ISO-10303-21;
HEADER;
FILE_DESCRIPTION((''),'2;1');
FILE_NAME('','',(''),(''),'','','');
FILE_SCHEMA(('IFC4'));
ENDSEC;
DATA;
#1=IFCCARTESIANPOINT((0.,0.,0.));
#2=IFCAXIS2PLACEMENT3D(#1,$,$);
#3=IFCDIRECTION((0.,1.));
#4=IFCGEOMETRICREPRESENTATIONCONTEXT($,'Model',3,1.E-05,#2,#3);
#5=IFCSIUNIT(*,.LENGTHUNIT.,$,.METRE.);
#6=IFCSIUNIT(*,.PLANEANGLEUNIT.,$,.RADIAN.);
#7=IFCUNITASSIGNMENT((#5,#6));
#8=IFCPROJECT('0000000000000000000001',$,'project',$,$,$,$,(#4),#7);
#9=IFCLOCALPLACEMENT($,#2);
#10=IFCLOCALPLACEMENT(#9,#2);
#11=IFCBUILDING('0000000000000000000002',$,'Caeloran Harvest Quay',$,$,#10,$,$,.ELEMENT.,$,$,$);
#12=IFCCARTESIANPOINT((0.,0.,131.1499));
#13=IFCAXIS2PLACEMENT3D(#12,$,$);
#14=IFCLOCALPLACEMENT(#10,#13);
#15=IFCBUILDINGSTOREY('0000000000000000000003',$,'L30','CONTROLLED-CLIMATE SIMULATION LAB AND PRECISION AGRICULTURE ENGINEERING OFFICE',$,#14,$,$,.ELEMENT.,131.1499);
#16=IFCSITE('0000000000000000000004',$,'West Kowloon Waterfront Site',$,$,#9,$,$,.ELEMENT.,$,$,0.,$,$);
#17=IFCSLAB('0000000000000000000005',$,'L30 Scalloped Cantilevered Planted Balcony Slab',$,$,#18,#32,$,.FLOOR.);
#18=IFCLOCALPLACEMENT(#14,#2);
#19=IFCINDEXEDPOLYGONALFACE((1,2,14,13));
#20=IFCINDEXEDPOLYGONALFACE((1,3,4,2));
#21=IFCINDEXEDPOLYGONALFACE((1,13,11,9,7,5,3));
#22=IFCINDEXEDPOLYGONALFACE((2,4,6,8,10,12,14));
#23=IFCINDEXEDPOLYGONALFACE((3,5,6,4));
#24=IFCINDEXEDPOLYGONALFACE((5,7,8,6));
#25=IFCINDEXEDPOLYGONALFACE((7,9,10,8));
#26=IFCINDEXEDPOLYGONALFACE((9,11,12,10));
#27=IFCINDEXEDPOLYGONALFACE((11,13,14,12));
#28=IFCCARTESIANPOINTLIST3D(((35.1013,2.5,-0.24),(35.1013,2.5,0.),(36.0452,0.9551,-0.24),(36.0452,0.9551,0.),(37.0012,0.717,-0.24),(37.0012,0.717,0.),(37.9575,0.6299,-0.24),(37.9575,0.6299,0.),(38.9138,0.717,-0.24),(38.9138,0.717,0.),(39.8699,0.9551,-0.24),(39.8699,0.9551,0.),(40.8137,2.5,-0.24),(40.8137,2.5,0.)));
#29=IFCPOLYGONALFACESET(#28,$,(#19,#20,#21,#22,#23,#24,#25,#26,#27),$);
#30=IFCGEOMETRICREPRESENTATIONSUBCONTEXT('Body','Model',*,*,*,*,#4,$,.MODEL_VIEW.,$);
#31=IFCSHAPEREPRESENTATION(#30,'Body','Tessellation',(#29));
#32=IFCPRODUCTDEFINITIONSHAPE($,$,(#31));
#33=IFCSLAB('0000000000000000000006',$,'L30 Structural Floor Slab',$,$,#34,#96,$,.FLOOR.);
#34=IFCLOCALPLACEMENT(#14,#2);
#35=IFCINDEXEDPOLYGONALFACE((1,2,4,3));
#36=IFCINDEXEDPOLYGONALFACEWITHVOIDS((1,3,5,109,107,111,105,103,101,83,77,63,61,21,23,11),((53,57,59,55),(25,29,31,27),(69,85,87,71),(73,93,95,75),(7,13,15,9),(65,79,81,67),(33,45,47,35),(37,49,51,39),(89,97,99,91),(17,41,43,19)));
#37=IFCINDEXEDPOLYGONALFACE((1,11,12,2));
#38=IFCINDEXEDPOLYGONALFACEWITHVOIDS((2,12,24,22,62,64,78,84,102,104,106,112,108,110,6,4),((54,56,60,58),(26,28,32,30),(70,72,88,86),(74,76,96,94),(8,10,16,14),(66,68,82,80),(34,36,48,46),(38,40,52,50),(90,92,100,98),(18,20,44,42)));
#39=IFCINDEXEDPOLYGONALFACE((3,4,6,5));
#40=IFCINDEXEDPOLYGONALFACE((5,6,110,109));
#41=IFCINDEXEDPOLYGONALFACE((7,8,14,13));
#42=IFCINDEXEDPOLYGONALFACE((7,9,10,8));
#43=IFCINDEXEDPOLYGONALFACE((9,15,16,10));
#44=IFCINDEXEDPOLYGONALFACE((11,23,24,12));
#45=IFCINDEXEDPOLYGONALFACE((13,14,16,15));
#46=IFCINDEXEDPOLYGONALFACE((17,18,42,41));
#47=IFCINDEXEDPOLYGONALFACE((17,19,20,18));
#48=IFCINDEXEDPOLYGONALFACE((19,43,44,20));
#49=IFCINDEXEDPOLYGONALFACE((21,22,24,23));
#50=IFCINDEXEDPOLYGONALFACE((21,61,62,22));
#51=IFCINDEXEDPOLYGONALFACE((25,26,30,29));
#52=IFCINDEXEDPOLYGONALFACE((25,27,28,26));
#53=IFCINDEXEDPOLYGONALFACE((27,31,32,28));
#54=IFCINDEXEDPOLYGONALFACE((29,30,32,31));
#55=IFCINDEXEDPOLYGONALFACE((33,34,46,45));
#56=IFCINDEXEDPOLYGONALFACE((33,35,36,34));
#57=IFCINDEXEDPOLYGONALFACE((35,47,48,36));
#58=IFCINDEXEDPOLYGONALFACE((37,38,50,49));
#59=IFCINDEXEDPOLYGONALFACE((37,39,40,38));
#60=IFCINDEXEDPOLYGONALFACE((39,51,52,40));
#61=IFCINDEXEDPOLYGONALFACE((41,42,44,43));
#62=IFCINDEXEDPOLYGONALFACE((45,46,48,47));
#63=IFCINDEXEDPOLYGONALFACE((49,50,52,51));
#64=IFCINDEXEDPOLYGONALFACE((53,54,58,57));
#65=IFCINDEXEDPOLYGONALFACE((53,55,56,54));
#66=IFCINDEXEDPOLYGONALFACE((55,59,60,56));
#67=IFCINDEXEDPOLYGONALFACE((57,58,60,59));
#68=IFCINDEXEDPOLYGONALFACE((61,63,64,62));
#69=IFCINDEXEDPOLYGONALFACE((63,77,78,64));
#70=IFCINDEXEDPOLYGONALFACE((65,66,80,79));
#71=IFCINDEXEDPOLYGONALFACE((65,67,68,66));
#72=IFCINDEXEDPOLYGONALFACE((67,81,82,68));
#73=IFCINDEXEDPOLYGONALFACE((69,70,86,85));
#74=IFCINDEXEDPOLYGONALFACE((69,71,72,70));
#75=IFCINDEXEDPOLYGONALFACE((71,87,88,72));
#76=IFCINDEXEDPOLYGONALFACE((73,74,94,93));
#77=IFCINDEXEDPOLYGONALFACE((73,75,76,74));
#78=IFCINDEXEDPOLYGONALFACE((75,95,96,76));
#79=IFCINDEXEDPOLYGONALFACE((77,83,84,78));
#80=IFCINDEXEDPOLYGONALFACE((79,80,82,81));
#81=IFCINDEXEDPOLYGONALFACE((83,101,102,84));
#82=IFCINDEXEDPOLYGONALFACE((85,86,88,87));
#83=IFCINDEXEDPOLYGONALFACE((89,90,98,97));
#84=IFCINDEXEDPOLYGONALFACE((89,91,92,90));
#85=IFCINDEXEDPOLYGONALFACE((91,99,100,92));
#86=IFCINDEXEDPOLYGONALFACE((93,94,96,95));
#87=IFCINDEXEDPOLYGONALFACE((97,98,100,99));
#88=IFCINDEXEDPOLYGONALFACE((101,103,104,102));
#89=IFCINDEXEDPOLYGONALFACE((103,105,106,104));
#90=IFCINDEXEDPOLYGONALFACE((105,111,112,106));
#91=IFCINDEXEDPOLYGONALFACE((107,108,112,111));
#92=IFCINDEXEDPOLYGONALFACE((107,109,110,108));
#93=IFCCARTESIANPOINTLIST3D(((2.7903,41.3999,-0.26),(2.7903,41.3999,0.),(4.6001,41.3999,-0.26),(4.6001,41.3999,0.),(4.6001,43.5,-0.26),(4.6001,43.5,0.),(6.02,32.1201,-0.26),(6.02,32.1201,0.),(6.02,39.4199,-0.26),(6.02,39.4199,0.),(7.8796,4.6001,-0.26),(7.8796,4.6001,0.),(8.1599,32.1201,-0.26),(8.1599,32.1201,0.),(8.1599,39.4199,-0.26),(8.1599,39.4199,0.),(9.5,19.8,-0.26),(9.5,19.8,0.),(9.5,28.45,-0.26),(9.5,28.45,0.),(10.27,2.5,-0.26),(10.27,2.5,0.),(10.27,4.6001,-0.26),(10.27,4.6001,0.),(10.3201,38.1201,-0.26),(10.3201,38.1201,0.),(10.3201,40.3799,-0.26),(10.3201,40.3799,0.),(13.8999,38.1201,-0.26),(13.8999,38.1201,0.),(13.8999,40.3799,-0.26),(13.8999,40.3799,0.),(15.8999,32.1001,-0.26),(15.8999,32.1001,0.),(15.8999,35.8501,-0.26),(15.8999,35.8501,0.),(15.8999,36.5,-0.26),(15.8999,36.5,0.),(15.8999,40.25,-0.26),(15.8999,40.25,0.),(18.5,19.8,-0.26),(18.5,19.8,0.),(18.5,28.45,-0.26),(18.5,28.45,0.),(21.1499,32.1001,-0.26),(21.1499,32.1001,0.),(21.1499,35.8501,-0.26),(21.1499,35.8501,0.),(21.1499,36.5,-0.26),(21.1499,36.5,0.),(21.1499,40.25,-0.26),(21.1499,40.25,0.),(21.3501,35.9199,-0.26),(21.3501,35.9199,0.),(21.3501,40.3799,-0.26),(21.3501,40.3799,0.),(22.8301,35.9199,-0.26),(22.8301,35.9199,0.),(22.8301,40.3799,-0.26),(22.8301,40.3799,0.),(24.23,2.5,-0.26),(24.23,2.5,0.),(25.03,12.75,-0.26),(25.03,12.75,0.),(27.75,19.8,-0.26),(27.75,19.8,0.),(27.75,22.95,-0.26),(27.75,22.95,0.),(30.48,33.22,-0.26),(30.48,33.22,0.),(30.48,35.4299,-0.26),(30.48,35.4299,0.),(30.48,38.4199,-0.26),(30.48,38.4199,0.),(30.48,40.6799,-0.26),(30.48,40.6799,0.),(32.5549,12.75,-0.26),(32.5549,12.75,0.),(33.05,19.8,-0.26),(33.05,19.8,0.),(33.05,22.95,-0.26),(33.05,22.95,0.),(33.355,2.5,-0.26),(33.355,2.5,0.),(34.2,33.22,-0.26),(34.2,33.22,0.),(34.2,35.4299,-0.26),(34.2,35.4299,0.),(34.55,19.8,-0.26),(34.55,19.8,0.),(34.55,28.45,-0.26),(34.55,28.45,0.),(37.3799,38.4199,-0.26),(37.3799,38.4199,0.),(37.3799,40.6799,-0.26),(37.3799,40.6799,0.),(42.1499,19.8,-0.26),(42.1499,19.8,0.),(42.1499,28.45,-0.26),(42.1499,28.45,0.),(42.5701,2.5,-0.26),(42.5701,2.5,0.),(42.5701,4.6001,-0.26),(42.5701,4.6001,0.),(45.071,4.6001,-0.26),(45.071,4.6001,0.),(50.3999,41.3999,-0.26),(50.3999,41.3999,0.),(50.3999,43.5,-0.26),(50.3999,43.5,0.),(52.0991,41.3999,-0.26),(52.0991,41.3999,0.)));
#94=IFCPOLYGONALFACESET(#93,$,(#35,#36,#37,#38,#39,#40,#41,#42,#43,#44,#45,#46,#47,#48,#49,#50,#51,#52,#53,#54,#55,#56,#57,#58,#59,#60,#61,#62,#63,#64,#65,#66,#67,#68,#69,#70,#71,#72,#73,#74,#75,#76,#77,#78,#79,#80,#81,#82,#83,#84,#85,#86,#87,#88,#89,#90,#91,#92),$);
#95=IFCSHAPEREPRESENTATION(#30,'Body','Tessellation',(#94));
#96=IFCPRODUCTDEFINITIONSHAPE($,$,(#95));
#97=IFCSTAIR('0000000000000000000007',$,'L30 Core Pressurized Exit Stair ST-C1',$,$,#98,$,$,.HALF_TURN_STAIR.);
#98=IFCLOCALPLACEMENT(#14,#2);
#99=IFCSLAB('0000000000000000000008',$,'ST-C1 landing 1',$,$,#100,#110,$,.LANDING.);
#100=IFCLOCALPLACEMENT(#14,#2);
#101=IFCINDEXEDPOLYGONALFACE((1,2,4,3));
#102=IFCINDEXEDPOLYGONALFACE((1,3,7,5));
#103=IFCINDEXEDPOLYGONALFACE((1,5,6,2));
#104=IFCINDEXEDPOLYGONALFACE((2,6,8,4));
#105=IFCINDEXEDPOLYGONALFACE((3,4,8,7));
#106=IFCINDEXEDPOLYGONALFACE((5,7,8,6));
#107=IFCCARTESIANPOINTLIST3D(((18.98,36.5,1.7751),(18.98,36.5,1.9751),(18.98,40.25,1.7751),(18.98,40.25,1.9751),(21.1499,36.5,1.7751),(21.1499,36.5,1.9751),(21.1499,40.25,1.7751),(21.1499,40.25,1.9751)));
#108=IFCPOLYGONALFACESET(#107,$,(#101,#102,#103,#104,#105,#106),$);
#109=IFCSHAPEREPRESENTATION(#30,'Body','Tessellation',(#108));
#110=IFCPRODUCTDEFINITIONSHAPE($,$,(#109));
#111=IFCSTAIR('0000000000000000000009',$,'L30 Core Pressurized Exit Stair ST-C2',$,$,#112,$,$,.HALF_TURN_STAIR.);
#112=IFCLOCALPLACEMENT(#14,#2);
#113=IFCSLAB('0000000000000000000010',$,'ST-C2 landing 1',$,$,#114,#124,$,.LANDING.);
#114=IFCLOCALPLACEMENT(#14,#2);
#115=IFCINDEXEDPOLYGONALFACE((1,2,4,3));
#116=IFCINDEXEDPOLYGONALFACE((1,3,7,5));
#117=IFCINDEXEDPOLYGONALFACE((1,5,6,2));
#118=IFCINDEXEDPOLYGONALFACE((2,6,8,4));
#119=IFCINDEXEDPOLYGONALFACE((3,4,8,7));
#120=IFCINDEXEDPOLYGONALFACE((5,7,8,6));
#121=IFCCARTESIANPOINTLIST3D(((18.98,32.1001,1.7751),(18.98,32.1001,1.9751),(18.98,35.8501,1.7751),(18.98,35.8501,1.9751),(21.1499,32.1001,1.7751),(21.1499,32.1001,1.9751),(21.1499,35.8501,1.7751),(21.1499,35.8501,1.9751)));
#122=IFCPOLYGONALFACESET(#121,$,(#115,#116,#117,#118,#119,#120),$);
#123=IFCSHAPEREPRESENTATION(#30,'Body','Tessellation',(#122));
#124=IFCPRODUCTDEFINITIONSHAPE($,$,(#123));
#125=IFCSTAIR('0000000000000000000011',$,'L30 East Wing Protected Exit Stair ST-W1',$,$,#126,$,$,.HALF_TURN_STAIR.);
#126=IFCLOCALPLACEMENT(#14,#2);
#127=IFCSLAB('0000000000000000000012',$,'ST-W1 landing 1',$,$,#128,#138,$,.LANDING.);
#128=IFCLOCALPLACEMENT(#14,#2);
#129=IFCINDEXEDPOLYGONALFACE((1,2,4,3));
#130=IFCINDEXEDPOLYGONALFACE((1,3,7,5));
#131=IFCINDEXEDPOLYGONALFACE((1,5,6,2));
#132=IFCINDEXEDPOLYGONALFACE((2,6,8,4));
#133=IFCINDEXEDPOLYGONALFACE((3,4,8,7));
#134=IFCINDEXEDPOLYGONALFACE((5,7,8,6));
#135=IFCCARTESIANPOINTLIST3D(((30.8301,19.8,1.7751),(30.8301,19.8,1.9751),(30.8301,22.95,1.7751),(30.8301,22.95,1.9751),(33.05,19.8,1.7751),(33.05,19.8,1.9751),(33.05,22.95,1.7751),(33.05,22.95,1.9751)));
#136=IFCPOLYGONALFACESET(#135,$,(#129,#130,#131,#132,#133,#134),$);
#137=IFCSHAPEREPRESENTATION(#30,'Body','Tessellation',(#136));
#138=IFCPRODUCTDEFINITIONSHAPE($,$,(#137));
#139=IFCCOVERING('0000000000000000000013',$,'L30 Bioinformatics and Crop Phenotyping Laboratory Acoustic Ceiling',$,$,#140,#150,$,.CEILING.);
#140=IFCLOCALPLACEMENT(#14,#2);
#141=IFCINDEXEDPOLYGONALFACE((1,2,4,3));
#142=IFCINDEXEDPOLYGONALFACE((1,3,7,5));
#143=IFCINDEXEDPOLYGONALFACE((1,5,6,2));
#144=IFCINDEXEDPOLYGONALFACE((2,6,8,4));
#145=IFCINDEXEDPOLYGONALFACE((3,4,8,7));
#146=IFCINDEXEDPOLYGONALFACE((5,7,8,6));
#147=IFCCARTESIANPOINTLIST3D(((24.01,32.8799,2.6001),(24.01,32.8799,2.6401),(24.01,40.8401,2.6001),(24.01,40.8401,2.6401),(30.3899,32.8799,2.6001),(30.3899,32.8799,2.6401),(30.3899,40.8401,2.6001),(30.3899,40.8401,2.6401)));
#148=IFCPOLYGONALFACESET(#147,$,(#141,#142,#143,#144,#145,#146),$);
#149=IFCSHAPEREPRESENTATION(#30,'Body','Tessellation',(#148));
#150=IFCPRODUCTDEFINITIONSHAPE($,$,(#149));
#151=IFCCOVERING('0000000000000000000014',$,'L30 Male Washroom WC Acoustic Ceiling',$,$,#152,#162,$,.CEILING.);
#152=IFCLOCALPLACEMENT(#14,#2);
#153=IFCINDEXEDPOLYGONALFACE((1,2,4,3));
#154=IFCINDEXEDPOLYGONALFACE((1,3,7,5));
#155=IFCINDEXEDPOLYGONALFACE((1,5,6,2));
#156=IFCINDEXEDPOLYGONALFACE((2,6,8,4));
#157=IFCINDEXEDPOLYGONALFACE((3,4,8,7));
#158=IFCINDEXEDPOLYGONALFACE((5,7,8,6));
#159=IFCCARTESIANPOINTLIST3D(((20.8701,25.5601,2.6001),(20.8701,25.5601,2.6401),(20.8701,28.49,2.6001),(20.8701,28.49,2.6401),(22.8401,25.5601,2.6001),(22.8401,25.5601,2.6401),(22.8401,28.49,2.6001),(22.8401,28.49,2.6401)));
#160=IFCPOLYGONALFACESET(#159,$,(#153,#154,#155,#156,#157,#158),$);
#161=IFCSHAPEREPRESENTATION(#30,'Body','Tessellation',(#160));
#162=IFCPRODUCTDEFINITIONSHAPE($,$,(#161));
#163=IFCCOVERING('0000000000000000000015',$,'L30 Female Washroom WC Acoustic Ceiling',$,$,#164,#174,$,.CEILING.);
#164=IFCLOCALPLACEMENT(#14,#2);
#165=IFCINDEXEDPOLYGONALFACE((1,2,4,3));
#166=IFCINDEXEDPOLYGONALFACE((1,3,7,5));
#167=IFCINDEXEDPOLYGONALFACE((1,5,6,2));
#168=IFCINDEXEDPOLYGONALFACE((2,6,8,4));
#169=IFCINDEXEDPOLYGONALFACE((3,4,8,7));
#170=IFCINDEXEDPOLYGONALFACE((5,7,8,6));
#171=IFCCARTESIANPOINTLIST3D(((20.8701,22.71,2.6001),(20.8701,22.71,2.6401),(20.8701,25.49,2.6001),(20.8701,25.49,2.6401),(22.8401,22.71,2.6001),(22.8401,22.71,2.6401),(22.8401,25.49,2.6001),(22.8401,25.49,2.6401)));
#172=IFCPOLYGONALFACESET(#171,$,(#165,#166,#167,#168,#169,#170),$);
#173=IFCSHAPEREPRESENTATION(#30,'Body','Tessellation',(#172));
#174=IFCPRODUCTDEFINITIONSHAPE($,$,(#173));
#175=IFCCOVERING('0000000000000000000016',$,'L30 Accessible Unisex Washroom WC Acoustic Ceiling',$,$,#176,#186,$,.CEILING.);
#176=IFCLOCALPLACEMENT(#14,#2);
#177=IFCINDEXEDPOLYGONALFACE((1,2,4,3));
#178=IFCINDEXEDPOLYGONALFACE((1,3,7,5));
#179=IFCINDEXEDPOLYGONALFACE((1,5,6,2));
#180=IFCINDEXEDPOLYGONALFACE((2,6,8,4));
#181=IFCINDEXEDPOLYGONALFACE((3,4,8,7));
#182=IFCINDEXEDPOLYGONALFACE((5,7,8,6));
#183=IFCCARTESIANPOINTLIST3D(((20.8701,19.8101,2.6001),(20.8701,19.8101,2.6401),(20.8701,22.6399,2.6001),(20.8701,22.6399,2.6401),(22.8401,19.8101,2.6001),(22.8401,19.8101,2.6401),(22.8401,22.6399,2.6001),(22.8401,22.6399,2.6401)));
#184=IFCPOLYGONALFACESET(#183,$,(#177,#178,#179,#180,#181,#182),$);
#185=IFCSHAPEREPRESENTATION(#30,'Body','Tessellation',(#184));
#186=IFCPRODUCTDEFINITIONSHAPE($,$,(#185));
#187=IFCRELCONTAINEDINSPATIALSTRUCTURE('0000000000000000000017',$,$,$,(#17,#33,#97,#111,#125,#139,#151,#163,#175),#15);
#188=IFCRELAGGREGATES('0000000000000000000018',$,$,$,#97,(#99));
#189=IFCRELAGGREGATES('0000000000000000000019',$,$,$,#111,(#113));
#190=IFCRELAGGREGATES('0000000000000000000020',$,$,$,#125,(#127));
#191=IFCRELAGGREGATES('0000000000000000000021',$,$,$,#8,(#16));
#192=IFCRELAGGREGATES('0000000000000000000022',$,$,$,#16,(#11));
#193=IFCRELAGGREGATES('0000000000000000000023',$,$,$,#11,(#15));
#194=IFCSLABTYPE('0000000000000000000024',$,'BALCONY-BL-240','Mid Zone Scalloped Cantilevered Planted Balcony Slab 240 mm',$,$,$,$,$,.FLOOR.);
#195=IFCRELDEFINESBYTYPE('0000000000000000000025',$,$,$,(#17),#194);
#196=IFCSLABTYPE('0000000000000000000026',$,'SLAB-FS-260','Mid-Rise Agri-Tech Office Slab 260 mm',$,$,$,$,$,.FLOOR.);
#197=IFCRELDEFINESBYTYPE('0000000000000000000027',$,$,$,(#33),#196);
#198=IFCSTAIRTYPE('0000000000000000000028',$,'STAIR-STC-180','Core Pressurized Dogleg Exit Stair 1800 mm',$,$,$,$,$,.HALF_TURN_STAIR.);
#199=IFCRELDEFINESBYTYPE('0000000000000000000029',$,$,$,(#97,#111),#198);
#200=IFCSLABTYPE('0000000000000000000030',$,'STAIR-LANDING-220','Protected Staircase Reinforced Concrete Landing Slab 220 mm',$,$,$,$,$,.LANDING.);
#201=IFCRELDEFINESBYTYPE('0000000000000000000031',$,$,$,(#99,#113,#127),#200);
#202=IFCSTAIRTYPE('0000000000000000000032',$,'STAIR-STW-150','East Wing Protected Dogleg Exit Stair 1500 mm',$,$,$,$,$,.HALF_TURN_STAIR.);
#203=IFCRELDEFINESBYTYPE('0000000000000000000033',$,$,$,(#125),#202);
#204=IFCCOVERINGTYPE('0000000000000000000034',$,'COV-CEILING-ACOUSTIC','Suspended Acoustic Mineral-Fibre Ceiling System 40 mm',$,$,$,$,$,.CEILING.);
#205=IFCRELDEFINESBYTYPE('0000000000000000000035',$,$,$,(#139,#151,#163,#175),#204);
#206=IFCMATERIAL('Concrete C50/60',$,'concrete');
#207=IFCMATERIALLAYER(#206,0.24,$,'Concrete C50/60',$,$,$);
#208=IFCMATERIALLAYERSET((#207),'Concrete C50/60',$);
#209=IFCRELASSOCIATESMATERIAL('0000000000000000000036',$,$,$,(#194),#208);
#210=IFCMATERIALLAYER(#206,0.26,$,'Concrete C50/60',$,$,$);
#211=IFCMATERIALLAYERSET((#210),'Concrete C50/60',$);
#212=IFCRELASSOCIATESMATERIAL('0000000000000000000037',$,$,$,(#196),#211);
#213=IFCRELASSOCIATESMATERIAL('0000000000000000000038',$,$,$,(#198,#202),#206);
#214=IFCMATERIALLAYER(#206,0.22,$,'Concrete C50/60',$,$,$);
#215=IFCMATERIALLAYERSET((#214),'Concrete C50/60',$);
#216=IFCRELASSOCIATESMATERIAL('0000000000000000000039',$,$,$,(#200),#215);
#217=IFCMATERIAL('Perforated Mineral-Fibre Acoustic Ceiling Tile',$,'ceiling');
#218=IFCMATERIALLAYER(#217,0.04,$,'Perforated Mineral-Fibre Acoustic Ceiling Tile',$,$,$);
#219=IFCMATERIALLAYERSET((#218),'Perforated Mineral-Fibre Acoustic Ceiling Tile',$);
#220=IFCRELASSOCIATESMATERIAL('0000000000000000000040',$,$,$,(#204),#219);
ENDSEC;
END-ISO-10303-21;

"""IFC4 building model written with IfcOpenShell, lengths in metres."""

from ifc_helpers import new_model, si_unit, direction, frame, origin, place, context, subcontext, project, spatial, polyline, outline, extrude, material, layer, layer_set, type_object, element, aggregate, save


model = new_model("IFC4")

# Units and contexts
model_context = context("Model", 3, precision=1e-05, world=origin(), true_north=direction((0.0, 1.0)))
body_context = subcontext(model_context, "Body", "Model", "MODEL_VIEW")
ifc_project = project(units=[si_unit("LENGTHUNIT", "METRE"), si_unit("PLANEANGLEUNIT", "RADIAN")], contexts=[model_context])

# Site, building, storey
site_placement = place(None, origin())
site = spatial("IfcSite", under=ifc_project, at=site_placement, Name="West Kowloon Waterfront Site", CompositionType="ELEMENT", RefElevation=0.0)
building_placement = place(site_placement, origin())
building = spatial("IfcBuilding", under=site, at=building_placement, Name="Caeloran Harvest Quay", CompositionType="ELEMENT")
storey_placement = place(building_placement, frame((0.0, 0.0, 131.1499)))
storey = spatial("IfcBuildingStorey", under=building, at=storey_placement, Name="L30", Description="CONTROLLED-CLIMATE SIMULATION LAB AND PRECISION AGRICULTURE ENGINEERING OFFICE", CompositionType="ELEMENT", Elevation=131.1499)

# Slabs
ifc_material_1 = material(Name="Concrete C50/60", Category="concrete")
ifc_layer_1 = layer(ifc_material_1, 0.24, Name="Concrete C50/60")
ifc_layer_set_1 = layer_set([ifc_layer_1], Name="Concrete C50/60")
slab_type_1 = type_object("IfcSlabType", Name="BALCONY-BL-240", Description="Mid Zone Scalloped Cantilevered Planted Balcony Slab 240 mm", PredefinedType="FLOOR", material=ifc_layer_set_1)
slab_1_placement = place(storey_placement, frame((0.0, 0.0, -0.24)))
element("IfcSlab", 1, at=slab_1_placement, inside=storey, type_object=slab_type_1, Name="L30 Scalloped Cantilevered Planted Balcony Slab", PredefinedType="FLOOR", context=body_context, shape_type="SweptSolid", body=[
    extrude(outline(polyline([(39.8699, 0.9551), (38.9138, 0.717), (37.9575, 0.6299), (37.0012, 0.717), (36.0452, 0.9551), (35.1013, 2.5), (40.8137, 2.5), (39.8699, 0.9551)])), origin(), (0.0, 0.0, 1.0), 0.24),
])
ifc_layer_2 = layer(ifc_material_1, 0.26, Name="Concrete C50/60")
ifc_layer_set_2 = layer_set([ifc_layer_2], Name="Concrete C50/60")
slab_type_2 = type_object("IfcSlabType", Name="SLAB-FS-260", Description="Mid-Rise Agri-Tech Office Slab 260 mm", PredefinedType="FLOOR", material=ifc_layer_set_2)
slab_2_placement = place(storey_placement, frame((0.0, 0.0, -0.26)))
element("IfcSlab", 2, at=slab_2_placement, inside=storey, type_object=slab_type_2, Name="L30 Structural Floor Slab", PredefinedType="FLOOR", context=body_context, shape_type="SweptSolid", body=[
    extrude(outline(polyline([(10.27, 2.5), (24.23, 2.5), (25.03, 12.75), (32.5549, 12.75), (33.355, 2.5), (42.5701, 2.5), (42.5701, 4.6001), (45.071, 4.6001), (52.0991, 41.3999), (50.3999, 41.3999), (50.3999, 43.5), (4.6001, 43.5), (4.6001, 41.3999), (2.7903, 41.3999), (7.8796, 4.6001), (10.27, 4.6001), (10.27, 2.5)]), holes=[polyline([(27.75, 19.8), (27.75, 22.95), (33.05, 22.95), (33.05, 19.8), (27.75, 19.8)]), polyline([(18.5, 19.8), (9.5, 19.8), (9.5, 28.45), (18.5, 28.45), (18.5, 19.8)]), polyline([(42.1499, 19.8), (34.55, 19.8), (34.55, 28.45), (42.1499, 28.45), (42.1499, 19.8)]), polyline([(15.8999, 35.8501), (21.1499, 35.8501), (21.1499, 32.1001), (15.8999, 32.1001), (15.8999, 35.8501)]), polyline([(30.48, 33.22), (30.48, 35.4299), (34.2, 35.4299), (34.2, 33.22), (30.48, 33.22)]), polyline([(8.1599, 32.1201), (6.02, 32.1201), (6.02, 39.4199), (8.1599, 39.4199), (8.1599, 32.1201)]), polyline([(22.8301, 35.9199), (21.3501, 35.9199), (21.3501, 40.3799), (22.8301, 40.3799), (22.8301, 35.9199)]), polyline([(15.8999, 36.5), (15.8999, 40.25), (21.1499, 40.25), (21.1499, 36.5), (15.8999, 36.5)]), polyline([(10.3201, 38.1201), (10.3201, 40.3799), (13.8999, 40.3799), (13.8999, 38.1201), (10.3201, 38.1201)]), polyline([(30.48, 38.4199), (30.48, 40.6799), (37.3799, 40.6799), (37.3799, 38.4199), (30.48, 38.4199)])]), origin(), (0.0, 0.0, 1.0), 0.26),
])

# Stairs, slabs
stair_type_1 = type_object("IfcStairType", Name="STAIR-STC-180", Description="Core Pressurized Dogleg Exit Stair 1800 mm", PredefinedType="HALF_TURN_STAIR", material=ifc_material_1)
stair_1_placement = place(storey_placement, origin())
stair_1 = element("IfcStair", 3, at=stair_1_placement, inside=storey, type_object=stair_type_1, Name="L30 Core Pressurized Exit Stair ST-C1", PredefinedType="HALF_TURN_STAIR")
ifc_layer_3 = layer(ifc_material_1, 0.22, Name="Concrete C50/60")
ifc_layer_set_3 = layer_set([ifc_layer_3], Name="Concrete C50/60")
slab_type_3 = type_object("IfcSlabType", Name="STAIR-LANDING-220", Description="Protected Staircase Reinforced Concrete Landing Slab 220 mm", PredefinedType="LANDING", material=ifc_layer_set_3)
slab_3_placement = place(storey_placement, frame((0.0, 0.0, 1.7751)))
slab_3 = element("IfcSlab", 4, at=slab_3_placement, type_object=slab_type_3, Name="ST-C1 landing 1", PredefinedType="LANDING", context=body_context, shape_type="SweptSolid", body=[
    extrude(outline(polyline([(18.98, 36.5), (21.1499, 36.5), (21.1499, 40.25), (18.98, 40.25), (18.98, 36.5)])), origin(), (0.0, 0.0, 1.0), 0.2),
])
aggregate(stair_1, [slab_3])
stair_2_placement = place(storey_placement, origin())
stair_2 = element("IfcStair", 5, at=stair_2_placement, inside=storey, type_object=stair_type_1, Name="L30 Core Pressurized Exit Stair ST-C2", PredefinedType="HALF_TURN_STAIR")
slab_4_placement = place(storey_placement, frame((0.0, 0.0, 1.7751)))
slab_4 = element("IfcSlab", 6, at=slab_4_placement, type_object=slab_type_3, Name="ST-C2 landing 1", PredefinedType="LANDING", context=body_context, shape_type="SweptSolid", body=[
    extrude(outline(polyline([(18.98, 32.1001), (21.1499, 32.1001), (21.1499, 35.8501), (18.98, 35.8501), (18.98, 32.1001)])), origin(), (0.0, 0.0, 1.0), 0.2),
])
aggregate(stair_2, [slab_4])
stair_type_2 = type_object("IfcStairType", Name="STAIR-STW-150", Description="East Wing Protected Dogleg Exit Stair 1500 mm", PredefinedType="HALF_TURN_STAIR", material=ifc_material_1)
stair_3_placement = place(storey_placement, origin())
stair_3 = element("IfcStair", 7, at=stair_3_placement, inside=storey, type_object=stair_type_2, Name="L30 East Wing Protected Exit Stair ST-W1", PredefinedType="HALF_TURN_STAIR")
slab_5_placement = place(storey_placement, frame((0.0, 0.0, 1.7751)))
slab_5 = element("IfcSlab", 8, at=slab_5_placement, type_object=slab_type_3, Name="ST-W1 landing 1", PredefinedType="LANDING", context=body_context, shape_type="SweptSolid", body=[
    extrude(outline(polyline([(30.8301, 19.8), (33.05, 19.8), (33.05, 22.95), (30.8301, 22.95), (30.8301, 19.8)])), origin(), (0.0, 0.0, 1.0), 0.2),
])
aggregate(stair_3, [slab_5])

# Coverings
ifc_material_2 = material(Name="Perforated Mineral-Fibre Acoustic Ceiling Tile", Category="ceiling")
ifc_layer_4 = layer(ifc_material_2, 0.04, Name="Perforated Mineral-Fibre Acoustic Ceiling Tile")
ifc_layer_set_4 = layer_set([ifc_layer_4], Name="Perforated Mineral-Fibre Acoustic Ceiling Tile")
covering_type_1 = type_object("IfcCoveringType", Name="COV-CEILING-ACOUSTIC", Description="Suspended Acoustic Mineral-Fibre Ceiling System 40 mm", PredefinedType="CEILING", material=ifc_layer_set_4)
covering_1_placement = place(storey_placement, frame((0.0, 0.0, 2.6001)))
element("IfcCovering", 9, at=covering_1_placement, inside=storey, type_object=covering_type_1, Name="L30 Bioinformatics and Crop Phenotyping Laboratory Acoustic Ceiling", PredefinedType="CEILING", context=body_context, shape_type="SweptSolid", body=[
    extrude(outline(polyline([(30.3899, 40.8401), (30.3899, 32.8799), (24.01, 32.8799), (24.01, 40.8401), (30.3899, 40.8401)])), origin(), (0.0, 0.0, 1.0), 0.04),
])
covering_2_placement = place(storey_placement, frame((0.0, 0.0, 2.6001)))
element("IfcCovering", 10, at=covering_2_placement, inside=storey, type_object=covering_type_1, Name="L30 Male Washroom WC Acoustic Ceiling", PredefinedType="CEILING", context=body_context, shape_type="SweptSolid", body=[
    extrude(outline(polyline([(22.8401, 25.5601), (20.8701, 25.5601), (20.8701, 28.49), (22.8401, 28.49), (22.8401, 25.5601)])), origin(), (0.0, 0.0, 1.0), 0.04),
])
covering_3_placement = place(storey_placement, frame((0.0, 0.0, 2.6001)))
element("IfcCovering", 11, at=covering_3_placement, inside=storey, type_object=covering_type_1, Name="L30 Female Washroom WC Acoustic Ceiling", PredefinedType="CEILING", context=body_context, shape_type="SweptSolid", body=[
    extrude(outline(polyline([(22.8401, 22.71), (20.8701, 22.71), (20.8701, 25.49), (22.8401, 25.49), (22.8401, 22.71)])), origin(), (0.0, 0.0, 1.0), 0.04),
])
covering_4_placement = place(storey_placement, frame((0.0, 0.0, 2.6001)))
element("IfcCovering", 12, at=covering_4_placement, inside=storey, type_object=covering_type_1, Name="L30 Accessible Unisex Washroom WC Acoustic Ceiling", PredefinedType="CEILING", context=body_context, shape_type="SweptSolid", body=[
    extrude(outline(polyline([(22.8401, 19.8101), (20.8701, 19.8101), (20.8701, 22.6399), (22.8401, 22.6399), (22.8401, 19.8101)])), origin(), (0.0, 0.0, 1.0), 0.04),
])

save(model, "model.ifc")
